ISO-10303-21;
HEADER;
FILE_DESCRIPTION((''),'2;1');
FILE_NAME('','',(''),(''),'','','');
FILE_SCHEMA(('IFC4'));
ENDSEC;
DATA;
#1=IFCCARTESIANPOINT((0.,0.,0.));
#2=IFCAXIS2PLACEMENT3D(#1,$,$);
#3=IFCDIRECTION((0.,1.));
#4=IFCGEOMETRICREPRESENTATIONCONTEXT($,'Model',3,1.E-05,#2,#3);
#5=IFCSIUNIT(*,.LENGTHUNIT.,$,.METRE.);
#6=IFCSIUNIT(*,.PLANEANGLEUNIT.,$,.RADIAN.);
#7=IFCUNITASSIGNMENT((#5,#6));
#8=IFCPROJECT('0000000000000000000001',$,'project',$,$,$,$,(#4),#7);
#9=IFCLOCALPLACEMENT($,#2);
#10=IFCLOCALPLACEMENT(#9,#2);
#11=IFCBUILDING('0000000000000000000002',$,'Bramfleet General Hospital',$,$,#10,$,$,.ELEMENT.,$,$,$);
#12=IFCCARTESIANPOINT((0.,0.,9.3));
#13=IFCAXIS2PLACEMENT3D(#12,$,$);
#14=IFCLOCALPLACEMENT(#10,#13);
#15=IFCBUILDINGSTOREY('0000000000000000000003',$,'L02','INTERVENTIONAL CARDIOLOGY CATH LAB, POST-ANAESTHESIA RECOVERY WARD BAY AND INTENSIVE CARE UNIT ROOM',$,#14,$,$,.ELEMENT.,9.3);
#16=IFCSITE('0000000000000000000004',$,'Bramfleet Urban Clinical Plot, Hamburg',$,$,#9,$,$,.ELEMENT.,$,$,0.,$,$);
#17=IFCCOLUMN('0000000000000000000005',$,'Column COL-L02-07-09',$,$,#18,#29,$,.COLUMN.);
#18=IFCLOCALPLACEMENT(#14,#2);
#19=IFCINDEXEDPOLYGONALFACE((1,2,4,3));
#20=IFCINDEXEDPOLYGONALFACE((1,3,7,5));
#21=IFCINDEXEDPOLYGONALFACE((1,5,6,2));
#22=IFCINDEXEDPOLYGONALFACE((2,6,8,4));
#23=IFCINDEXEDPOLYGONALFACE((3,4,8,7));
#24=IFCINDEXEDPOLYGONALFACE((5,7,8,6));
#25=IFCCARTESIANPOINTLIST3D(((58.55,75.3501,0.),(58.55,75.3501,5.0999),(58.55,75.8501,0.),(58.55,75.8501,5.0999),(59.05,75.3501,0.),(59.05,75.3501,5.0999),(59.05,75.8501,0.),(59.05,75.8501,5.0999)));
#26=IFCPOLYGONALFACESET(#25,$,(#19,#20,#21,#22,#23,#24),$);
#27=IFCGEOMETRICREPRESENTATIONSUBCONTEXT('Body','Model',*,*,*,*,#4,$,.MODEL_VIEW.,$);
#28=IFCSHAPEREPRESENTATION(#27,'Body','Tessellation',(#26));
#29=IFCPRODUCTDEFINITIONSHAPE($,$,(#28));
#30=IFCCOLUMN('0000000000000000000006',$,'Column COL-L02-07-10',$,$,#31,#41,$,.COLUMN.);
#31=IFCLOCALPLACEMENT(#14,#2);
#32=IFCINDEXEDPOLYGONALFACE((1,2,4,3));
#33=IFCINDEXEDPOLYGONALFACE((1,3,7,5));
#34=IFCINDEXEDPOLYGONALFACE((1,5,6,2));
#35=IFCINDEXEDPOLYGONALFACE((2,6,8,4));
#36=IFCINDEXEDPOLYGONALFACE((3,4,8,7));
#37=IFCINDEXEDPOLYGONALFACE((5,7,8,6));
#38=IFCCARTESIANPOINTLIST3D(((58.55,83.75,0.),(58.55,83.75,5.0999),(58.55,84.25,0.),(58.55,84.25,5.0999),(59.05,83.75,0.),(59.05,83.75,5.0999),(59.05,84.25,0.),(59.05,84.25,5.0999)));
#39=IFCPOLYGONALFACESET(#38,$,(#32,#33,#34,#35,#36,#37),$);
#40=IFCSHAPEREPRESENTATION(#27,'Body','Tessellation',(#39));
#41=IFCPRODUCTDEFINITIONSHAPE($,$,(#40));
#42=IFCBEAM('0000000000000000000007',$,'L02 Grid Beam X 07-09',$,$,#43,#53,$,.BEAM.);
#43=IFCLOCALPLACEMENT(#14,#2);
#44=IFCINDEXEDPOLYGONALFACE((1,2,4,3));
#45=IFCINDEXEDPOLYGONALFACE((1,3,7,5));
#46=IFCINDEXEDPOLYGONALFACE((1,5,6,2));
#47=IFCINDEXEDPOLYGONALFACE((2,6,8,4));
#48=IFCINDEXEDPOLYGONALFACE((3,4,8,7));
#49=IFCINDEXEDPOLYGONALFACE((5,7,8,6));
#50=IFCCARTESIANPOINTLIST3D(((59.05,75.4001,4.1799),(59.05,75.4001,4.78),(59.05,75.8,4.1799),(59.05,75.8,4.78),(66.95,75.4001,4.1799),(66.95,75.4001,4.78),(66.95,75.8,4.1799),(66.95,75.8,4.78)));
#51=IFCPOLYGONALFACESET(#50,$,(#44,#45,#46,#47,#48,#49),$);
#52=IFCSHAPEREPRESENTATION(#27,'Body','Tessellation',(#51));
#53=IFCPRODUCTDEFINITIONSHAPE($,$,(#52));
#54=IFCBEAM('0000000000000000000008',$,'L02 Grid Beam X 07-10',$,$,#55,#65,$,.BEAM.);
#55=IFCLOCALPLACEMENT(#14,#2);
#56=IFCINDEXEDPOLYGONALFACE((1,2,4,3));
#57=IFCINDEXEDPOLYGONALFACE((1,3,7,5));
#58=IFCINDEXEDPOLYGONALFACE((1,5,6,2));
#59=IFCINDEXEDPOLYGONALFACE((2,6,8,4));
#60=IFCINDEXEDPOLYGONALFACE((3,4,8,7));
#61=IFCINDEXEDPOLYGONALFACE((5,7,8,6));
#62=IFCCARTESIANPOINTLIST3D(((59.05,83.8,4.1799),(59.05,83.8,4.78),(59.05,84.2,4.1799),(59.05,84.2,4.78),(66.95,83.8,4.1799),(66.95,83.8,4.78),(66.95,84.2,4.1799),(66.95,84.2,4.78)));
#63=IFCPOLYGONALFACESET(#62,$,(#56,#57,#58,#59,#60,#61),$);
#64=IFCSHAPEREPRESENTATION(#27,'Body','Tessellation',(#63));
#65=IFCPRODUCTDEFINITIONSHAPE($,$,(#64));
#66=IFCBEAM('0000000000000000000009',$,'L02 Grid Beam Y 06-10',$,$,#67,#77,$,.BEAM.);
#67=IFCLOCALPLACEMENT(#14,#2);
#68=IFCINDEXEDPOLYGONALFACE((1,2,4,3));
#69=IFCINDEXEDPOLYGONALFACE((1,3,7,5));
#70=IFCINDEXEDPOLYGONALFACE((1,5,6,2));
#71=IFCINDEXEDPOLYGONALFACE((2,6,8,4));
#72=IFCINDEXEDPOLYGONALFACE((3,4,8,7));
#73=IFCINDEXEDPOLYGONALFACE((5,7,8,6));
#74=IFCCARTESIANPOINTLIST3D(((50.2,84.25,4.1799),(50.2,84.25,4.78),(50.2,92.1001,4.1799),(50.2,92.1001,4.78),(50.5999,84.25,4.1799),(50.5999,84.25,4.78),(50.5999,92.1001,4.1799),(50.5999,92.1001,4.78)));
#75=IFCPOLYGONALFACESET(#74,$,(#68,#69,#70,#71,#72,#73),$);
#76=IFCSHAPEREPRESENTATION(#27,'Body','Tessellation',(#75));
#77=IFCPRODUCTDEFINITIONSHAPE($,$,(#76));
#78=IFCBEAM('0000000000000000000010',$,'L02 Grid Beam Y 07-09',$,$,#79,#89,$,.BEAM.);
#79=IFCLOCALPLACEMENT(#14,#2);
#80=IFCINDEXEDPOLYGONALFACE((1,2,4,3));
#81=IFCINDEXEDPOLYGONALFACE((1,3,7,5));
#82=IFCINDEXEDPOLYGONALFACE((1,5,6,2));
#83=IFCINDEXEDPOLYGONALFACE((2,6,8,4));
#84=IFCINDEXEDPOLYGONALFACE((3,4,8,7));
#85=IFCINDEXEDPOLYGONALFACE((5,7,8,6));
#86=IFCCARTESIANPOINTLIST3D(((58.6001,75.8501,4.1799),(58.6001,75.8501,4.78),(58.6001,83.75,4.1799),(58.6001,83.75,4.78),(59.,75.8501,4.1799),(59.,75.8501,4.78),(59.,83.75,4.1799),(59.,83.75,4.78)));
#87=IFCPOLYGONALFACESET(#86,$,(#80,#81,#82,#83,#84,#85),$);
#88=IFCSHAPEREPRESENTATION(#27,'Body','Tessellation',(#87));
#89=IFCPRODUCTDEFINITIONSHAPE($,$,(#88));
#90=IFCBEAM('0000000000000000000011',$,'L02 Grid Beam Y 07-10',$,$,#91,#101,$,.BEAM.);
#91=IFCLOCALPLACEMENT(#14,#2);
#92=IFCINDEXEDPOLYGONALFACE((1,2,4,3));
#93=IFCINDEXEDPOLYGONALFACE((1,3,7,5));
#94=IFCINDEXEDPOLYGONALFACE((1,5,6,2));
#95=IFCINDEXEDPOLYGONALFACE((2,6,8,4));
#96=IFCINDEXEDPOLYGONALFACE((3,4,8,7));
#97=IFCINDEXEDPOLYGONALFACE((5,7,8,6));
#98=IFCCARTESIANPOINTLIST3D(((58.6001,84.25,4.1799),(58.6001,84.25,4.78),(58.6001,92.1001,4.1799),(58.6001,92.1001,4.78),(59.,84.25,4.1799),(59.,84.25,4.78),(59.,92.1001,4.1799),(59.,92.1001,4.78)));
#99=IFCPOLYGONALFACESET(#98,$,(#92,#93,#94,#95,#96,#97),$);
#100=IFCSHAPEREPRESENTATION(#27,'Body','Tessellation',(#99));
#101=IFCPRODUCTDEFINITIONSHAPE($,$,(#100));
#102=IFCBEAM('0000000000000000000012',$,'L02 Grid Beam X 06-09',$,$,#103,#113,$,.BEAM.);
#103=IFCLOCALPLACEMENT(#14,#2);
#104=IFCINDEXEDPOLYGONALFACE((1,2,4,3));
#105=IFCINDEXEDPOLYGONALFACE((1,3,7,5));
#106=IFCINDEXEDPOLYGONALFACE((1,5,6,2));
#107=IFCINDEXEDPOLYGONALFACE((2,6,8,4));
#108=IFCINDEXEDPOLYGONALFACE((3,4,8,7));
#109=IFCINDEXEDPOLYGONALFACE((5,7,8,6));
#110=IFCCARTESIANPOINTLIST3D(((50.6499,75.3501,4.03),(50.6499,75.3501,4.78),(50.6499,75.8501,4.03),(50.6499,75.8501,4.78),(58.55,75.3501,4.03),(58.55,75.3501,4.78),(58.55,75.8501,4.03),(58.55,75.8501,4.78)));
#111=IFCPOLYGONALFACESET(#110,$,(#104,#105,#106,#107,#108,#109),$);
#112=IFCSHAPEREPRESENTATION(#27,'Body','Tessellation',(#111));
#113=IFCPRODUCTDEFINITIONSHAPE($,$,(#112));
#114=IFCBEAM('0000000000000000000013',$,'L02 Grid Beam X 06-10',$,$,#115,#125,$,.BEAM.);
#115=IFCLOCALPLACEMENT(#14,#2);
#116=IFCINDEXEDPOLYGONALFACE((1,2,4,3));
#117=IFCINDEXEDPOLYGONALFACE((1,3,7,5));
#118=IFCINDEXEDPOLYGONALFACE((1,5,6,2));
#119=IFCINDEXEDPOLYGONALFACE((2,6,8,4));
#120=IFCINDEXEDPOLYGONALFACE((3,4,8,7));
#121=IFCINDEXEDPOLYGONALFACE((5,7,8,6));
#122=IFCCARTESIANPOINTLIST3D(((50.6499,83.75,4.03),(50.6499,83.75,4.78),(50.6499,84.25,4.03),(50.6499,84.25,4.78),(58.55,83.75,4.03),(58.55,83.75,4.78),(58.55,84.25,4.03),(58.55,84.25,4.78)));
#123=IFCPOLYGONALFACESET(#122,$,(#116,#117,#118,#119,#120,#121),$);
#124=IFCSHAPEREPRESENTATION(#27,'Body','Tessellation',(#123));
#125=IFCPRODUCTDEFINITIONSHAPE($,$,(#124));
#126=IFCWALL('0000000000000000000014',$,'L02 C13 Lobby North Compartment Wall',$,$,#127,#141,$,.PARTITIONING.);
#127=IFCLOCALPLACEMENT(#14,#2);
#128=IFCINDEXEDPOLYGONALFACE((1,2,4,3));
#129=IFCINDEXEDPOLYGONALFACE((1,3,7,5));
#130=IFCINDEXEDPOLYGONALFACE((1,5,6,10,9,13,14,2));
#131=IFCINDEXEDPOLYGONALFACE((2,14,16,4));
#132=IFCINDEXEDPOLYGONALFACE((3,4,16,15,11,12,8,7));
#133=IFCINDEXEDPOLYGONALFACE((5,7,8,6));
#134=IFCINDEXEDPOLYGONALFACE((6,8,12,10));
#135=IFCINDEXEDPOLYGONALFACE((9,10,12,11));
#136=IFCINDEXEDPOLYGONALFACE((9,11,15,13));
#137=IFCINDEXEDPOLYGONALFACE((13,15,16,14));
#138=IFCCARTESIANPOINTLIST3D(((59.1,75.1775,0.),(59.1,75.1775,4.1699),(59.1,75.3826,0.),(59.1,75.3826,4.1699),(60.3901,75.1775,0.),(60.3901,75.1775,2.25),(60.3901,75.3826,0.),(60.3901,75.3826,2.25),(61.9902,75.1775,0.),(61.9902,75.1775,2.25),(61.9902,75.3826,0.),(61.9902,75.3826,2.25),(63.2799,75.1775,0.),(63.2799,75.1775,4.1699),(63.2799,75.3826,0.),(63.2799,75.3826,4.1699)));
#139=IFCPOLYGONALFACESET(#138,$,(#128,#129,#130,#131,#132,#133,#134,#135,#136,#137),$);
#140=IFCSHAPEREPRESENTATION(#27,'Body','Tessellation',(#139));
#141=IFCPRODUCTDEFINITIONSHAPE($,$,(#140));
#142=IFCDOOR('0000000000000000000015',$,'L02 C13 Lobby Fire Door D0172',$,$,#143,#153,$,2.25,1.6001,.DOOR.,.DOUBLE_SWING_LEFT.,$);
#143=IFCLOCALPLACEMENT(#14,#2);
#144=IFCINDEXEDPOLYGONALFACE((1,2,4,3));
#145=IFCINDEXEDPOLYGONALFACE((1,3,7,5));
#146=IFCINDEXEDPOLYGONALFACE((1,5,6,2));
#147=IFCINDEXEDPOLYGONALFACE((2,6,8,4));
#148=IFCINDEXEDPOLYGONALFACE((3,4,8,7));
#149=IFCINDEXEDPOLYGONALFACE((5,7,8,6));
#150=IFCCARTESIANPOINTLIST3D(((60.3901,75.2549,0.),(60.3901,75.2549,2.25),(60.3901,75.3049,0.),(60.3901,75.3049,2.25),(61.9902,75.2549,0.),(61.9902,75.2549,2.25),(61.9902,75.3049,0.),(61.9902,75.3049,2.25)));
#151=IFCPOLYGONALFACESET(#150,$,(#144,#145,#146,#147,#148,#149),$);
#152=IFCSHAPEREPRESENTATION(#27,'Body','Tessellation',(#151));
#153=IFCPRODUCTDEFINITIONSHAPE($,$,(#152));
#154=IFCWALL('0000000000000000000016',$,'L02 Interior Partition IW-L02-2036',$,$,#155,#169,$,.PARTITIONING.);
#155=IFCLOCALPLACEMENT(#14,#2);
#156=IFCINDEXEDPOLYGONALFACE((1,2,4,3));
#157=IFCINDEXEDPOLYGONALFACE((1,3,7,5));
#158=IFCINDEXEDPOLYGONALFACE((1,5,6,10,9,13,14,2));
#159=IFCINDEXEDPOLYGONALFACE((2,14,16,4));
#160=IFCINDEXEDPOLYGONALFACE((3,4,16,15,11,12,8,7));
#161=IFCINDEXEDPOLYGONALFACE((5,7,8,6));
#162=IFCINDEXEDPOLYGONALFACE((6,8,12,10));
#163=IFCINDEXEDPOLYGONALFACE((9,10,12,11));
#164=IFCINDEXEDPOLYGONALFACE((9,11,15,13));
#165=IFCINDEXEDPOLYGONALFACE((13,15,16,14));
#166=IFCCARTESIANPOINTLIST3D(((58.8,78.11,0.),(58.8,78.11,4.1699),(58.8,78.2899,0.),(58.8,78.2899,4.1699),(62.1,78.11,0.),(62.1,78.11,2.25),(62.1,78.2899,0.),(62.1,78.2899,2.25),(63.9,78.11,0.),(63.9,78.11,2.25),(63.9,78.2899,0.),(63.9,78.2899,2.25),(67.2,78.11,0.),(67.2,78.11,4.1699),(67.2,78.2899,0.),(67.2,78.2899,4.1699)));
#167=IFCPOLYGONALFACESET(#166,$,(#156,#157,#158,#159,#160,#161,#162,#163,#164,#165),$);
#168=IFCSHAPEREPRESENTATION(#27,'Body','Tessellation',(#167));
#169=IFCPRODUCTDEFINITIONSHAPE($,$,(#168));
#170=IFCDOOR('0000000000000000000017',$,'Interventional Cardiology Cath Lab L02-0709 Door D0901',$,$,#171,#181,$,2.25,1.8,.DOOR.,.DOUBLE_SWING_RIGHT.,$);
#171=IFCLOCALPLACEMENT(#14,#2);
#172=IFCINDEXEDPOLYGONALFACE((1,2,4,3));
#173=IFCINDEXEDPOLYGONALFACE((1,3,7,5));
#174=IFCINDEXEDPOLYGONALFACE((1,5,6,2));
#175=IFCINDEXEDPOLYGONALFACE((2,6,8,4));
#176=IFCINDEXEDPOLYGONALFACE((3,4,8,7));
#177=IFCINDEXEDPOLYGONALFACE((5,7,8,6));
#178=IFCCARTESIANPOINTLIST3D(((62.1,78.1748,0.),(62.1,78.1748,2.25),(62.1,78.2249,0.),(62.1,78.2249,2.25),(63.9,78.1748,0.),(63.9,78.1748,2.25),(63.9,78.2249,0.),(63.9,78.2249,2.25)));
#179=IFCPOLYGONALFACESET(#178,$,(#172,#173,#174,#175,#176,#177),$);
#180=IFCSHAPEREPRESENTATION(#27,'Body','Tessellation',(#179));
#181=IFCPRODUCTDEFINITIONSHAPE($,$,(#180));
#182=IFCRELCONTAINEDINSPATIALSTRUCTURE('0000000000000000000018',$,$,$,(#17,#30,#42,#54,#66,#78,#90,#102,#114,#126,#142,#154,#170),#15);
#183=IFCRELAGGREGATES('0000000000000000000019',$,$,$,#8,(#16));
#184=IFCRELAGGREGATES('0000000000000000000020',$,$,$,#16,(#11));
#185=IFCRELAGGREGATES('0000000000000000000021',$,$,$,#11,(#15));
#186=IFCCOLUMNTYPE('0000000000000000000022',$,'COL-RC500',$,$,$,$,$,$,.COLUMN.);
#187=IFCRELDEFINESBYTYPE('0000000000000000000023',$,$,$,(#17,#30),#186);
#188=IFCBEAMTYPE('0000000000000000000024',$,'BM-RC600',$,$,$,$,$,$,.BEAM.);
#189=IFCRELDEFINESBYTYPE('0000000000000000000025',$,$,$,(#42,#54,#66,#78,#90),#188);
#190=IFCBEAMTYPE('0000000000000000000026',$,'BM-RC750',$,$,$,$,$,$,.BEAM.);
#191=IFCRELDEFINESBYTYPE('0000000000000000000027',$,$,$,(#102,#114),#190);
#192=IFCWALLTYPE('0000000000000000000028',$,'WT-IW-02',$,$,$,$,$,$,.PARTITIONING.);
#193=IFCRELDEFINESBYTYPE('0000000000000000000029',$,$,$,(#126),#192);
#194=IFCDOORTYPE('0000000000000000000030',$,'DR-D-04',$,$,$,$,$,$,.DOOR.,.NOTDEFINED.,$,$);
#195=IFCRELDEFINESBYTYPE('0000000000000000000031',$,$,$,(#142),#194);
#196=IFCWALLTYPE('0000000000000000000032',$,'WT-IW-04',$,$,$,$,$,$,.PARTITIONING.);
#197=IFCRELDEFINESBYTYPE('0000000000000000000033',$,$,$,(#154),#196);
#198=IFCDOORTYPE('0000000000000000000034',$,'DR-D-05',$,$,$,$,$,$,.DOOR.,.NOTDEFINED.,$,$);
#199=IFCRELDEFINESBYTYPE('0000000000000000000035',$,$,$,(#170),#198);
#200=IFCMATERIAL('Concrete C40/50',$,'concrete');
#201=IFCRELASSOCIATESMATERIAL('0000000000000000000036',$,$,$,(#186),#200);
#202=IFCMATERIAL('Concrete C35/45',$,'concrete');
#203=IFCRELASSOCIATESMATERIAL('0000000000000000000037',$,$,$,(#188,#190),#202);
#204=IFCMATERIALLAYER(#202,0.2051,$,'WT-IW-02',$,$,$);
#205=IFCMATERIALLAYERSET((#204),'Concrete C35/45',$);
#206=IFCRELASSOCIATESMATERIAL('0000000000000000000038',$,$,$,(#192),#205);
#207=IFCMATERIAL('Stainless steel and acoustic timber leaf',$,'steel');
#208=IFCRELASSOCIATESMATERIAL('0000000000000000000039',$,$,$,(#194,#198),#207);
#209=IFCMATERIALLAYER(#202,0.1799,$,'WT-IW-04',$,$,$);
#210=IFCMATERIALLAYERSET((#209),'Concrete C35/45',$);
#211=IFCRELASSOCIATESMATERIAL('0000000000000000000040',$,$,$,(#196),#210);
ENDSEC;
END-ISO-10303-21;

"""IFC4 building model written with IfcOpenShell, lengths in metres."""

from ifc_helpers import new_model, si_unit, direction, frame, frame_2d, origin, origin_2d, place, context, subcontext, project, spatial, rectangle, extrude, material, layer, layer_set, material_profile, profile_set, type_object, element, fill, save


model = new_model("IFC4")

# Units and contexts
model_context = context("Model", 3, precision=1e-05, world=origin(), true_north=direction((0.0, 1.0)))
body_context = subcontext(model_context, "Body", "Model", "MODEL_VIEW")
ifc_project = project(units=[si_unit("LENGTHUNIT", "METRE"), si_unit("PLANEANGLEUNIT", "RADIAN")], contexts=[model_context])

# Site, building, storey
site_placement = place(None, origin())
site = spatial("IfcSite", under=ifc_project, at=site_placement, Name="Bramfleet Urban Clinical Plot, Hamburg", CompositionType="ELEMENT", RefElevation=0.0)
building_placement = place(site_placement, origin())
building = spatial("IfcBuilding", under=site, at=building_placement, Name="Bramfleet General Hospital", CompositionType="ELEMENT")
storey_placement = place(building_placement, frame((0.0, 0.0, 9.3)))
storey = spatial("IfcBuildingStorey", under=building, at=storey_placement, Name="L02", Description="INTERVENTIONAL CARDIOLOGY CATH LAB, POST-ANAESTHESIA RECOVERY WARD BAY AND INTENSIVE CARE UNIT ROOM", CompositionType="ELEMENT", Elevation=9.3)

# Columns
ifc_material_1 = material(Name="Concrete C40/50", Category="concrete")
ifc_material_profile_1 = material_profile(ifc_material_1, rectangle(XDim=0.5, YDim=0.5, at=origin_2d()), Name="RC COL 500x500")
ifc_profile_set_1 = profile_set([ifc_material_profile_1], Name="Concrete C40/50")
column_type = type_object("IfcColumnType", Name="COL-RC500", PredefinedType="COLUMN", material=ifc_profile_set_1)
for number, where, z_axis, x_axis, name in (
    (1, (58.8, 75.6001, 0.0), (0.0, 0.0, 1.0), (1.0, 0.0, 0.0), "Column COL-L02-07-09"),
    (2, (58.8, 84.0, 0.0), (0.0, 0.0, 1.0), (1.0, 0.0, 0.0), "Column COL-L02-07-10"),
):
    element("IfcColumn", number, at=place(storey_placement, frame(where, z_axis=z_axis, x_axis=x_axis)), inside=storey, type_object=column_type, Name=name, PredefinedType="COLUMN", context=body_context, shape_type="SweptSolid", body=[
        extrude(rectangle(XDim=0.5, YDim=0.5, at=origin_2d()), origin(), (0.0, 0.0, 1.0), 5.0999),
    ])

# Beams
ifc_material_2 = material(Name="Concrete C35/45", Category="concrete")
ifc_material_profile_2 = material_profile(ifc_material_2, rectangle(XDim=0.3999, YDim=0.6001, at=origin_2d()), Name="RC BM 600x400")
ifc_profile_set_2 = profile_set([ifc_material_profile_2], Name="Concrete C35/45")
beam_type_1 = type_object("IfcBeamType", Name="BM-RC600", PredefinedType="BEAM", material=ifc_profile_set_2)
for number, where, z_axis, x_axis, name in (
    (3, (59.05, 75.6001, 4.48), (1.0, 0.0, 0.0), (0.0, 1.0, 0.0), "L02 Grid Beam X 07-09"),
    (4, (59.05, 84.0, 4.48), (1.0, 0.0, 0.0), (0.0, 1.0, 0.0), "L02 Grid Beam X 07-10"),
):
    element("IfcBeam", number, at=place(storey_placement, frame(where, z_axis=z_axis, x_axis=x_axis)), inside=storey, type_object=beam_type_1, Name=name, PredefinedType="BEAM", context=body_context, shape_type="SweptSolid", body=[
        extrude(rectangle(XDim=0.3999, YDim=0.6001, at=origin_2d()), origin(), (0.0, 0.0, 1.0), 7.8999),
    ])
beam_1_placement = place(storey_placement, frame((50.3999, 84.25, 4.48), z_axis=(0.0, 1.0, 0.0), x_axis=(-1.0, 0.0, 0.0)))
element("IfcBeam", 5, at=beam_1_placement, inside=storey, type_object=beam_type_1, Name="L02 Grid Beam Y 06-10", PredefinedType="BEAM", context=body_context, shape_type="SweptSolid", body=[
    extrude(rectangle(XDim=0.3999, YDim=0.6001, at=origin_2d()), origin(), (0.0, 0.0, 1.0), 7.8501),
])
beam_2_placement = place(storey_placement, frame((58.8, 75.8501, 4.48), z_axis=(0.0, 1.0, 0.0), x_axis=(-1.0, 0.0, 0.0)))
element("IfcBeam", 6, at=beam_2_placement, inside=storey, type_object=beam_type_1, Name="L02 Grid Beam Y 07-09", PredefinedType="BEAM", context=body_context, shape_type="SweptSolid", body=[
    extrude(rectangle(XDim=0.3999, YDim=0.6001, at=origin_2d()), origin(), (0.0, 0.0, 1.0), 7.8999),
])
beam_3_placement = place(storey_placement, frame((58.8, 84.25, 4.48), z_axis=(0.0, 1.0, 0.0), x_axis=(-1.0, 0.0, 0.0)))
element("IfcBeam", 7, at=beam_3_placement, inside=storey, type_object=beam_type_1, Name="L02 Grid Beam Y 07-10", PredefinedType="BEAM", context=body_context, shape_type="SweptSolid", body=[
    extrude(rectangle(XDim=0.3999, YDim=0.6001, at=origin_2d()), origin(), (0.0, 0.0, 1.0), 7.8501),
])
ifc_material_profile_3 = material_profile(ifc_material_2, rectangle(XDim=0.5, YDim=0.75, at=origin_2d()), Name="RC BM 750x500")
ifc_profile_set_3 = profile_set([ifc_material_profile_3], Name="Concrete C35/45")
beam_type_2 = type_object("IfcBeamType", Name="BM-RC750", PredefinedType="BEAM", material=ifc_profile_set_3)
for number, where, z_axis, x_axis, name in (
    (8, (50.6499, 75.6001, 4.405), (1.0, 0.0, 0.0), (0.0, 1.0, 0.0), "L02 Grid Beam X 06-09"),
    (9, (50.6499, 84.0, 4.405), (1.0, 0.0, 0.0), (0.0, 1.0, 0.0), "L02 Grid Beam X 06-10"),
):
    element("IfcBeam", number, at=place(storey_placement, frame(where, z_axis=z_axis, x_axis=x_axis)), inside=storey, type_object=beam_type_2, Name=name, PredefinedType="BEAM", context=body_context, shape_type="SweptSolid", body=[
        extrude(rectangle(XDim=0.5, YDim=0.75, at=origin_2d()), origin(), (0.0, 0.0, 1.0), 7.9001),
    ])

# Walls, openings, doors
ifc_layer_1 = layer(ifc_material_2, 0.2051, Name="WT-IW-02")
ifc_layer_set_1 = layer_set([ifc_layer_1], Name="Concrete C35/45")
wall_type_1 = type_object("IfcWallType", Name="WT-IW-02", PredefinedType="PARTITIONING", material=ifc_layer_set_1)
wall_1_placement = place(storey_placement, frame((59.1001, 75.28, 0.0), z_axis=(0.0, 0.0, 1.0), x_axis=(1.0, 0.0, 0.0)))
wall_1 = element("IfcWall", 10, at=wall_1_placement, inside=storey, type_object=wall_type_1, Name="L02 C13 Lobby North Compartment Wall", PredefinedType="PARTITIONING", context=body_context, shape_type="SweptSolid", body=[
    extrude(rectangle(XDim=4.1799, YDim=0.2051, at=frame_2d((2.0898, 0.0))), origin(), (0.0, 0.0, 1.0), 4.1699),
])
opening_1_placement = place(wall_1_placement, frame((1.29, 0.0, 0.0)))
opening_1 = element("IfcOpeningElement", 11, at=opening_1_placement, cuts=wall_1, PredefinedType="OPENING", context=body_context, shape_type="SweptSolid", body=[
    extrude(rectangle(XDim=1.6001, YDim=2.25, at=frame_2d((0.8, 1.125))), frame((0.0, 0.1125, 0.0), z_axis=(0.0, -1.0, 0.0), x_axis=(1.0, 0.0, 0.0)), (0.0, 0.0, 1.0), 0.2251),
])
ifc_material_3 = material(Name="Stainless steel and acoustic timber leaf", Category="steel")
door_type_1 = type_object("IfcDoorType", Name="DR-D-04", OperationType="NOTDEFINED", PredefinedType="DOOR", material=ifc_material_3)
door_1_placement = place(opening_1_placement, origin())
door_1 = element("IfcDoor", 12, at=door_1_placement, inside=storey, type_object=door_type_1, Name="L02 C13 Lobby Fire Door D0172", OperationType="DOUBLE_SWING_LEFT", OverallHeight=2.25, OverallWidth=1.6001, PredefinedType="DOOR", context=body_context, shape_type="SweptSolid", body=[
    extrude(rectangle(XDim=1.6001, YDim=2.25, at=frame_2d((0.8, 1.125))), frame((0.0, 0.0249, 0.0), z_axis=(0.0, -1.0, 0.0), x_axis=(1.0, 0.0, 0.0)), (0.0, 0.0, 1.0), 0.05),
])
fill(opening_1, door_1)
ifc_layer_2 = layer(ifc_material_2, 0.1799, Name="WT-IW-04")
ifc_layer_set_2 = layer_set([ifc_layer_2], Name="Concrete C35/45")
wall_type_2 = type_object("IfcWallType", Name="WT-IW-04", PredefinedType="PARTITIONING", material=ifc_layer_set_2)
wall_2_placement = place(storey_placement, frame((58.8, 78.2, 0.0), z_axis=(0.0, 0.0, 1.0), x_axis=(1.0, 0.0, 0.0)))
wall_2 = element("IfcWall", 13, at=wall_2_placement, inside=storey, type_object=wall_type_2, Name="L02 Interior Partition IW-L02-2036", PredefinedType="PARTITIONING", context=body_context, shape_type="SweptSolid", body=[
    extrude(rectangle(XDim=8.3999, YDim=0.1799, at=frame_2d((4.2, 0.0))), origin(), (0.0, 0.0, 1.0), 4.1699),
])
opening_2_placement = place(wall_2_placement, frame((3.3, 0.0, 0.0)))
opening_2 = element("IfcOpeningElement", 14, at=opening_2_placement, cuts=wall_2, PredefinedType="OPENING", context=body_context, shape_type="SweptSolid", body=[
    extrude(rectangle(XDim=1.8, YDim=2.25, at=frame_2d((0.8999, 1.125))), frame((0.0, 0.0999, 0.0), z_axis=(0.0, -1.0, 0.0), x_axis=(1.0, 0.0, 0.0)), (0.0, 0.0, 1.0), 0.2),
])
door_type_2 = type_object("IfcDoorType", Name="DR-D-05", OperationType="NOTDEFINED", PredefinedType="DOOR", material=ifc_material_3)
door_2_placement = place(opening_2_placement, origin())
door_2 = element("IfcDoor", 15, at=door_2_placement, inside=storey, type_object=door_type_2, Name="Interventional Cardiology Cath Lab L02-0709 Door D0901", OperationType="DOUBLE_SWING_RIGHT", OverallHeight=2.25, OverallWidth=1.8, PredefinedType="DOOR", context=body_context, shape_type="SweptSolid", body=[
    extrude(rectangle(XDim=1.8, YDim=2.25, at=frame_2d((0.8999, 1.125))), frame((0.0, 0.0249, 0.0), z_axis=(0.0, -1.0, 0.0), x_axis=(1.0, 0.0, 0.0)), (0.0, 0.0, 1.0), 0.05),
])
fill(opening_2, door_2)

save(model, "model.ifc")
